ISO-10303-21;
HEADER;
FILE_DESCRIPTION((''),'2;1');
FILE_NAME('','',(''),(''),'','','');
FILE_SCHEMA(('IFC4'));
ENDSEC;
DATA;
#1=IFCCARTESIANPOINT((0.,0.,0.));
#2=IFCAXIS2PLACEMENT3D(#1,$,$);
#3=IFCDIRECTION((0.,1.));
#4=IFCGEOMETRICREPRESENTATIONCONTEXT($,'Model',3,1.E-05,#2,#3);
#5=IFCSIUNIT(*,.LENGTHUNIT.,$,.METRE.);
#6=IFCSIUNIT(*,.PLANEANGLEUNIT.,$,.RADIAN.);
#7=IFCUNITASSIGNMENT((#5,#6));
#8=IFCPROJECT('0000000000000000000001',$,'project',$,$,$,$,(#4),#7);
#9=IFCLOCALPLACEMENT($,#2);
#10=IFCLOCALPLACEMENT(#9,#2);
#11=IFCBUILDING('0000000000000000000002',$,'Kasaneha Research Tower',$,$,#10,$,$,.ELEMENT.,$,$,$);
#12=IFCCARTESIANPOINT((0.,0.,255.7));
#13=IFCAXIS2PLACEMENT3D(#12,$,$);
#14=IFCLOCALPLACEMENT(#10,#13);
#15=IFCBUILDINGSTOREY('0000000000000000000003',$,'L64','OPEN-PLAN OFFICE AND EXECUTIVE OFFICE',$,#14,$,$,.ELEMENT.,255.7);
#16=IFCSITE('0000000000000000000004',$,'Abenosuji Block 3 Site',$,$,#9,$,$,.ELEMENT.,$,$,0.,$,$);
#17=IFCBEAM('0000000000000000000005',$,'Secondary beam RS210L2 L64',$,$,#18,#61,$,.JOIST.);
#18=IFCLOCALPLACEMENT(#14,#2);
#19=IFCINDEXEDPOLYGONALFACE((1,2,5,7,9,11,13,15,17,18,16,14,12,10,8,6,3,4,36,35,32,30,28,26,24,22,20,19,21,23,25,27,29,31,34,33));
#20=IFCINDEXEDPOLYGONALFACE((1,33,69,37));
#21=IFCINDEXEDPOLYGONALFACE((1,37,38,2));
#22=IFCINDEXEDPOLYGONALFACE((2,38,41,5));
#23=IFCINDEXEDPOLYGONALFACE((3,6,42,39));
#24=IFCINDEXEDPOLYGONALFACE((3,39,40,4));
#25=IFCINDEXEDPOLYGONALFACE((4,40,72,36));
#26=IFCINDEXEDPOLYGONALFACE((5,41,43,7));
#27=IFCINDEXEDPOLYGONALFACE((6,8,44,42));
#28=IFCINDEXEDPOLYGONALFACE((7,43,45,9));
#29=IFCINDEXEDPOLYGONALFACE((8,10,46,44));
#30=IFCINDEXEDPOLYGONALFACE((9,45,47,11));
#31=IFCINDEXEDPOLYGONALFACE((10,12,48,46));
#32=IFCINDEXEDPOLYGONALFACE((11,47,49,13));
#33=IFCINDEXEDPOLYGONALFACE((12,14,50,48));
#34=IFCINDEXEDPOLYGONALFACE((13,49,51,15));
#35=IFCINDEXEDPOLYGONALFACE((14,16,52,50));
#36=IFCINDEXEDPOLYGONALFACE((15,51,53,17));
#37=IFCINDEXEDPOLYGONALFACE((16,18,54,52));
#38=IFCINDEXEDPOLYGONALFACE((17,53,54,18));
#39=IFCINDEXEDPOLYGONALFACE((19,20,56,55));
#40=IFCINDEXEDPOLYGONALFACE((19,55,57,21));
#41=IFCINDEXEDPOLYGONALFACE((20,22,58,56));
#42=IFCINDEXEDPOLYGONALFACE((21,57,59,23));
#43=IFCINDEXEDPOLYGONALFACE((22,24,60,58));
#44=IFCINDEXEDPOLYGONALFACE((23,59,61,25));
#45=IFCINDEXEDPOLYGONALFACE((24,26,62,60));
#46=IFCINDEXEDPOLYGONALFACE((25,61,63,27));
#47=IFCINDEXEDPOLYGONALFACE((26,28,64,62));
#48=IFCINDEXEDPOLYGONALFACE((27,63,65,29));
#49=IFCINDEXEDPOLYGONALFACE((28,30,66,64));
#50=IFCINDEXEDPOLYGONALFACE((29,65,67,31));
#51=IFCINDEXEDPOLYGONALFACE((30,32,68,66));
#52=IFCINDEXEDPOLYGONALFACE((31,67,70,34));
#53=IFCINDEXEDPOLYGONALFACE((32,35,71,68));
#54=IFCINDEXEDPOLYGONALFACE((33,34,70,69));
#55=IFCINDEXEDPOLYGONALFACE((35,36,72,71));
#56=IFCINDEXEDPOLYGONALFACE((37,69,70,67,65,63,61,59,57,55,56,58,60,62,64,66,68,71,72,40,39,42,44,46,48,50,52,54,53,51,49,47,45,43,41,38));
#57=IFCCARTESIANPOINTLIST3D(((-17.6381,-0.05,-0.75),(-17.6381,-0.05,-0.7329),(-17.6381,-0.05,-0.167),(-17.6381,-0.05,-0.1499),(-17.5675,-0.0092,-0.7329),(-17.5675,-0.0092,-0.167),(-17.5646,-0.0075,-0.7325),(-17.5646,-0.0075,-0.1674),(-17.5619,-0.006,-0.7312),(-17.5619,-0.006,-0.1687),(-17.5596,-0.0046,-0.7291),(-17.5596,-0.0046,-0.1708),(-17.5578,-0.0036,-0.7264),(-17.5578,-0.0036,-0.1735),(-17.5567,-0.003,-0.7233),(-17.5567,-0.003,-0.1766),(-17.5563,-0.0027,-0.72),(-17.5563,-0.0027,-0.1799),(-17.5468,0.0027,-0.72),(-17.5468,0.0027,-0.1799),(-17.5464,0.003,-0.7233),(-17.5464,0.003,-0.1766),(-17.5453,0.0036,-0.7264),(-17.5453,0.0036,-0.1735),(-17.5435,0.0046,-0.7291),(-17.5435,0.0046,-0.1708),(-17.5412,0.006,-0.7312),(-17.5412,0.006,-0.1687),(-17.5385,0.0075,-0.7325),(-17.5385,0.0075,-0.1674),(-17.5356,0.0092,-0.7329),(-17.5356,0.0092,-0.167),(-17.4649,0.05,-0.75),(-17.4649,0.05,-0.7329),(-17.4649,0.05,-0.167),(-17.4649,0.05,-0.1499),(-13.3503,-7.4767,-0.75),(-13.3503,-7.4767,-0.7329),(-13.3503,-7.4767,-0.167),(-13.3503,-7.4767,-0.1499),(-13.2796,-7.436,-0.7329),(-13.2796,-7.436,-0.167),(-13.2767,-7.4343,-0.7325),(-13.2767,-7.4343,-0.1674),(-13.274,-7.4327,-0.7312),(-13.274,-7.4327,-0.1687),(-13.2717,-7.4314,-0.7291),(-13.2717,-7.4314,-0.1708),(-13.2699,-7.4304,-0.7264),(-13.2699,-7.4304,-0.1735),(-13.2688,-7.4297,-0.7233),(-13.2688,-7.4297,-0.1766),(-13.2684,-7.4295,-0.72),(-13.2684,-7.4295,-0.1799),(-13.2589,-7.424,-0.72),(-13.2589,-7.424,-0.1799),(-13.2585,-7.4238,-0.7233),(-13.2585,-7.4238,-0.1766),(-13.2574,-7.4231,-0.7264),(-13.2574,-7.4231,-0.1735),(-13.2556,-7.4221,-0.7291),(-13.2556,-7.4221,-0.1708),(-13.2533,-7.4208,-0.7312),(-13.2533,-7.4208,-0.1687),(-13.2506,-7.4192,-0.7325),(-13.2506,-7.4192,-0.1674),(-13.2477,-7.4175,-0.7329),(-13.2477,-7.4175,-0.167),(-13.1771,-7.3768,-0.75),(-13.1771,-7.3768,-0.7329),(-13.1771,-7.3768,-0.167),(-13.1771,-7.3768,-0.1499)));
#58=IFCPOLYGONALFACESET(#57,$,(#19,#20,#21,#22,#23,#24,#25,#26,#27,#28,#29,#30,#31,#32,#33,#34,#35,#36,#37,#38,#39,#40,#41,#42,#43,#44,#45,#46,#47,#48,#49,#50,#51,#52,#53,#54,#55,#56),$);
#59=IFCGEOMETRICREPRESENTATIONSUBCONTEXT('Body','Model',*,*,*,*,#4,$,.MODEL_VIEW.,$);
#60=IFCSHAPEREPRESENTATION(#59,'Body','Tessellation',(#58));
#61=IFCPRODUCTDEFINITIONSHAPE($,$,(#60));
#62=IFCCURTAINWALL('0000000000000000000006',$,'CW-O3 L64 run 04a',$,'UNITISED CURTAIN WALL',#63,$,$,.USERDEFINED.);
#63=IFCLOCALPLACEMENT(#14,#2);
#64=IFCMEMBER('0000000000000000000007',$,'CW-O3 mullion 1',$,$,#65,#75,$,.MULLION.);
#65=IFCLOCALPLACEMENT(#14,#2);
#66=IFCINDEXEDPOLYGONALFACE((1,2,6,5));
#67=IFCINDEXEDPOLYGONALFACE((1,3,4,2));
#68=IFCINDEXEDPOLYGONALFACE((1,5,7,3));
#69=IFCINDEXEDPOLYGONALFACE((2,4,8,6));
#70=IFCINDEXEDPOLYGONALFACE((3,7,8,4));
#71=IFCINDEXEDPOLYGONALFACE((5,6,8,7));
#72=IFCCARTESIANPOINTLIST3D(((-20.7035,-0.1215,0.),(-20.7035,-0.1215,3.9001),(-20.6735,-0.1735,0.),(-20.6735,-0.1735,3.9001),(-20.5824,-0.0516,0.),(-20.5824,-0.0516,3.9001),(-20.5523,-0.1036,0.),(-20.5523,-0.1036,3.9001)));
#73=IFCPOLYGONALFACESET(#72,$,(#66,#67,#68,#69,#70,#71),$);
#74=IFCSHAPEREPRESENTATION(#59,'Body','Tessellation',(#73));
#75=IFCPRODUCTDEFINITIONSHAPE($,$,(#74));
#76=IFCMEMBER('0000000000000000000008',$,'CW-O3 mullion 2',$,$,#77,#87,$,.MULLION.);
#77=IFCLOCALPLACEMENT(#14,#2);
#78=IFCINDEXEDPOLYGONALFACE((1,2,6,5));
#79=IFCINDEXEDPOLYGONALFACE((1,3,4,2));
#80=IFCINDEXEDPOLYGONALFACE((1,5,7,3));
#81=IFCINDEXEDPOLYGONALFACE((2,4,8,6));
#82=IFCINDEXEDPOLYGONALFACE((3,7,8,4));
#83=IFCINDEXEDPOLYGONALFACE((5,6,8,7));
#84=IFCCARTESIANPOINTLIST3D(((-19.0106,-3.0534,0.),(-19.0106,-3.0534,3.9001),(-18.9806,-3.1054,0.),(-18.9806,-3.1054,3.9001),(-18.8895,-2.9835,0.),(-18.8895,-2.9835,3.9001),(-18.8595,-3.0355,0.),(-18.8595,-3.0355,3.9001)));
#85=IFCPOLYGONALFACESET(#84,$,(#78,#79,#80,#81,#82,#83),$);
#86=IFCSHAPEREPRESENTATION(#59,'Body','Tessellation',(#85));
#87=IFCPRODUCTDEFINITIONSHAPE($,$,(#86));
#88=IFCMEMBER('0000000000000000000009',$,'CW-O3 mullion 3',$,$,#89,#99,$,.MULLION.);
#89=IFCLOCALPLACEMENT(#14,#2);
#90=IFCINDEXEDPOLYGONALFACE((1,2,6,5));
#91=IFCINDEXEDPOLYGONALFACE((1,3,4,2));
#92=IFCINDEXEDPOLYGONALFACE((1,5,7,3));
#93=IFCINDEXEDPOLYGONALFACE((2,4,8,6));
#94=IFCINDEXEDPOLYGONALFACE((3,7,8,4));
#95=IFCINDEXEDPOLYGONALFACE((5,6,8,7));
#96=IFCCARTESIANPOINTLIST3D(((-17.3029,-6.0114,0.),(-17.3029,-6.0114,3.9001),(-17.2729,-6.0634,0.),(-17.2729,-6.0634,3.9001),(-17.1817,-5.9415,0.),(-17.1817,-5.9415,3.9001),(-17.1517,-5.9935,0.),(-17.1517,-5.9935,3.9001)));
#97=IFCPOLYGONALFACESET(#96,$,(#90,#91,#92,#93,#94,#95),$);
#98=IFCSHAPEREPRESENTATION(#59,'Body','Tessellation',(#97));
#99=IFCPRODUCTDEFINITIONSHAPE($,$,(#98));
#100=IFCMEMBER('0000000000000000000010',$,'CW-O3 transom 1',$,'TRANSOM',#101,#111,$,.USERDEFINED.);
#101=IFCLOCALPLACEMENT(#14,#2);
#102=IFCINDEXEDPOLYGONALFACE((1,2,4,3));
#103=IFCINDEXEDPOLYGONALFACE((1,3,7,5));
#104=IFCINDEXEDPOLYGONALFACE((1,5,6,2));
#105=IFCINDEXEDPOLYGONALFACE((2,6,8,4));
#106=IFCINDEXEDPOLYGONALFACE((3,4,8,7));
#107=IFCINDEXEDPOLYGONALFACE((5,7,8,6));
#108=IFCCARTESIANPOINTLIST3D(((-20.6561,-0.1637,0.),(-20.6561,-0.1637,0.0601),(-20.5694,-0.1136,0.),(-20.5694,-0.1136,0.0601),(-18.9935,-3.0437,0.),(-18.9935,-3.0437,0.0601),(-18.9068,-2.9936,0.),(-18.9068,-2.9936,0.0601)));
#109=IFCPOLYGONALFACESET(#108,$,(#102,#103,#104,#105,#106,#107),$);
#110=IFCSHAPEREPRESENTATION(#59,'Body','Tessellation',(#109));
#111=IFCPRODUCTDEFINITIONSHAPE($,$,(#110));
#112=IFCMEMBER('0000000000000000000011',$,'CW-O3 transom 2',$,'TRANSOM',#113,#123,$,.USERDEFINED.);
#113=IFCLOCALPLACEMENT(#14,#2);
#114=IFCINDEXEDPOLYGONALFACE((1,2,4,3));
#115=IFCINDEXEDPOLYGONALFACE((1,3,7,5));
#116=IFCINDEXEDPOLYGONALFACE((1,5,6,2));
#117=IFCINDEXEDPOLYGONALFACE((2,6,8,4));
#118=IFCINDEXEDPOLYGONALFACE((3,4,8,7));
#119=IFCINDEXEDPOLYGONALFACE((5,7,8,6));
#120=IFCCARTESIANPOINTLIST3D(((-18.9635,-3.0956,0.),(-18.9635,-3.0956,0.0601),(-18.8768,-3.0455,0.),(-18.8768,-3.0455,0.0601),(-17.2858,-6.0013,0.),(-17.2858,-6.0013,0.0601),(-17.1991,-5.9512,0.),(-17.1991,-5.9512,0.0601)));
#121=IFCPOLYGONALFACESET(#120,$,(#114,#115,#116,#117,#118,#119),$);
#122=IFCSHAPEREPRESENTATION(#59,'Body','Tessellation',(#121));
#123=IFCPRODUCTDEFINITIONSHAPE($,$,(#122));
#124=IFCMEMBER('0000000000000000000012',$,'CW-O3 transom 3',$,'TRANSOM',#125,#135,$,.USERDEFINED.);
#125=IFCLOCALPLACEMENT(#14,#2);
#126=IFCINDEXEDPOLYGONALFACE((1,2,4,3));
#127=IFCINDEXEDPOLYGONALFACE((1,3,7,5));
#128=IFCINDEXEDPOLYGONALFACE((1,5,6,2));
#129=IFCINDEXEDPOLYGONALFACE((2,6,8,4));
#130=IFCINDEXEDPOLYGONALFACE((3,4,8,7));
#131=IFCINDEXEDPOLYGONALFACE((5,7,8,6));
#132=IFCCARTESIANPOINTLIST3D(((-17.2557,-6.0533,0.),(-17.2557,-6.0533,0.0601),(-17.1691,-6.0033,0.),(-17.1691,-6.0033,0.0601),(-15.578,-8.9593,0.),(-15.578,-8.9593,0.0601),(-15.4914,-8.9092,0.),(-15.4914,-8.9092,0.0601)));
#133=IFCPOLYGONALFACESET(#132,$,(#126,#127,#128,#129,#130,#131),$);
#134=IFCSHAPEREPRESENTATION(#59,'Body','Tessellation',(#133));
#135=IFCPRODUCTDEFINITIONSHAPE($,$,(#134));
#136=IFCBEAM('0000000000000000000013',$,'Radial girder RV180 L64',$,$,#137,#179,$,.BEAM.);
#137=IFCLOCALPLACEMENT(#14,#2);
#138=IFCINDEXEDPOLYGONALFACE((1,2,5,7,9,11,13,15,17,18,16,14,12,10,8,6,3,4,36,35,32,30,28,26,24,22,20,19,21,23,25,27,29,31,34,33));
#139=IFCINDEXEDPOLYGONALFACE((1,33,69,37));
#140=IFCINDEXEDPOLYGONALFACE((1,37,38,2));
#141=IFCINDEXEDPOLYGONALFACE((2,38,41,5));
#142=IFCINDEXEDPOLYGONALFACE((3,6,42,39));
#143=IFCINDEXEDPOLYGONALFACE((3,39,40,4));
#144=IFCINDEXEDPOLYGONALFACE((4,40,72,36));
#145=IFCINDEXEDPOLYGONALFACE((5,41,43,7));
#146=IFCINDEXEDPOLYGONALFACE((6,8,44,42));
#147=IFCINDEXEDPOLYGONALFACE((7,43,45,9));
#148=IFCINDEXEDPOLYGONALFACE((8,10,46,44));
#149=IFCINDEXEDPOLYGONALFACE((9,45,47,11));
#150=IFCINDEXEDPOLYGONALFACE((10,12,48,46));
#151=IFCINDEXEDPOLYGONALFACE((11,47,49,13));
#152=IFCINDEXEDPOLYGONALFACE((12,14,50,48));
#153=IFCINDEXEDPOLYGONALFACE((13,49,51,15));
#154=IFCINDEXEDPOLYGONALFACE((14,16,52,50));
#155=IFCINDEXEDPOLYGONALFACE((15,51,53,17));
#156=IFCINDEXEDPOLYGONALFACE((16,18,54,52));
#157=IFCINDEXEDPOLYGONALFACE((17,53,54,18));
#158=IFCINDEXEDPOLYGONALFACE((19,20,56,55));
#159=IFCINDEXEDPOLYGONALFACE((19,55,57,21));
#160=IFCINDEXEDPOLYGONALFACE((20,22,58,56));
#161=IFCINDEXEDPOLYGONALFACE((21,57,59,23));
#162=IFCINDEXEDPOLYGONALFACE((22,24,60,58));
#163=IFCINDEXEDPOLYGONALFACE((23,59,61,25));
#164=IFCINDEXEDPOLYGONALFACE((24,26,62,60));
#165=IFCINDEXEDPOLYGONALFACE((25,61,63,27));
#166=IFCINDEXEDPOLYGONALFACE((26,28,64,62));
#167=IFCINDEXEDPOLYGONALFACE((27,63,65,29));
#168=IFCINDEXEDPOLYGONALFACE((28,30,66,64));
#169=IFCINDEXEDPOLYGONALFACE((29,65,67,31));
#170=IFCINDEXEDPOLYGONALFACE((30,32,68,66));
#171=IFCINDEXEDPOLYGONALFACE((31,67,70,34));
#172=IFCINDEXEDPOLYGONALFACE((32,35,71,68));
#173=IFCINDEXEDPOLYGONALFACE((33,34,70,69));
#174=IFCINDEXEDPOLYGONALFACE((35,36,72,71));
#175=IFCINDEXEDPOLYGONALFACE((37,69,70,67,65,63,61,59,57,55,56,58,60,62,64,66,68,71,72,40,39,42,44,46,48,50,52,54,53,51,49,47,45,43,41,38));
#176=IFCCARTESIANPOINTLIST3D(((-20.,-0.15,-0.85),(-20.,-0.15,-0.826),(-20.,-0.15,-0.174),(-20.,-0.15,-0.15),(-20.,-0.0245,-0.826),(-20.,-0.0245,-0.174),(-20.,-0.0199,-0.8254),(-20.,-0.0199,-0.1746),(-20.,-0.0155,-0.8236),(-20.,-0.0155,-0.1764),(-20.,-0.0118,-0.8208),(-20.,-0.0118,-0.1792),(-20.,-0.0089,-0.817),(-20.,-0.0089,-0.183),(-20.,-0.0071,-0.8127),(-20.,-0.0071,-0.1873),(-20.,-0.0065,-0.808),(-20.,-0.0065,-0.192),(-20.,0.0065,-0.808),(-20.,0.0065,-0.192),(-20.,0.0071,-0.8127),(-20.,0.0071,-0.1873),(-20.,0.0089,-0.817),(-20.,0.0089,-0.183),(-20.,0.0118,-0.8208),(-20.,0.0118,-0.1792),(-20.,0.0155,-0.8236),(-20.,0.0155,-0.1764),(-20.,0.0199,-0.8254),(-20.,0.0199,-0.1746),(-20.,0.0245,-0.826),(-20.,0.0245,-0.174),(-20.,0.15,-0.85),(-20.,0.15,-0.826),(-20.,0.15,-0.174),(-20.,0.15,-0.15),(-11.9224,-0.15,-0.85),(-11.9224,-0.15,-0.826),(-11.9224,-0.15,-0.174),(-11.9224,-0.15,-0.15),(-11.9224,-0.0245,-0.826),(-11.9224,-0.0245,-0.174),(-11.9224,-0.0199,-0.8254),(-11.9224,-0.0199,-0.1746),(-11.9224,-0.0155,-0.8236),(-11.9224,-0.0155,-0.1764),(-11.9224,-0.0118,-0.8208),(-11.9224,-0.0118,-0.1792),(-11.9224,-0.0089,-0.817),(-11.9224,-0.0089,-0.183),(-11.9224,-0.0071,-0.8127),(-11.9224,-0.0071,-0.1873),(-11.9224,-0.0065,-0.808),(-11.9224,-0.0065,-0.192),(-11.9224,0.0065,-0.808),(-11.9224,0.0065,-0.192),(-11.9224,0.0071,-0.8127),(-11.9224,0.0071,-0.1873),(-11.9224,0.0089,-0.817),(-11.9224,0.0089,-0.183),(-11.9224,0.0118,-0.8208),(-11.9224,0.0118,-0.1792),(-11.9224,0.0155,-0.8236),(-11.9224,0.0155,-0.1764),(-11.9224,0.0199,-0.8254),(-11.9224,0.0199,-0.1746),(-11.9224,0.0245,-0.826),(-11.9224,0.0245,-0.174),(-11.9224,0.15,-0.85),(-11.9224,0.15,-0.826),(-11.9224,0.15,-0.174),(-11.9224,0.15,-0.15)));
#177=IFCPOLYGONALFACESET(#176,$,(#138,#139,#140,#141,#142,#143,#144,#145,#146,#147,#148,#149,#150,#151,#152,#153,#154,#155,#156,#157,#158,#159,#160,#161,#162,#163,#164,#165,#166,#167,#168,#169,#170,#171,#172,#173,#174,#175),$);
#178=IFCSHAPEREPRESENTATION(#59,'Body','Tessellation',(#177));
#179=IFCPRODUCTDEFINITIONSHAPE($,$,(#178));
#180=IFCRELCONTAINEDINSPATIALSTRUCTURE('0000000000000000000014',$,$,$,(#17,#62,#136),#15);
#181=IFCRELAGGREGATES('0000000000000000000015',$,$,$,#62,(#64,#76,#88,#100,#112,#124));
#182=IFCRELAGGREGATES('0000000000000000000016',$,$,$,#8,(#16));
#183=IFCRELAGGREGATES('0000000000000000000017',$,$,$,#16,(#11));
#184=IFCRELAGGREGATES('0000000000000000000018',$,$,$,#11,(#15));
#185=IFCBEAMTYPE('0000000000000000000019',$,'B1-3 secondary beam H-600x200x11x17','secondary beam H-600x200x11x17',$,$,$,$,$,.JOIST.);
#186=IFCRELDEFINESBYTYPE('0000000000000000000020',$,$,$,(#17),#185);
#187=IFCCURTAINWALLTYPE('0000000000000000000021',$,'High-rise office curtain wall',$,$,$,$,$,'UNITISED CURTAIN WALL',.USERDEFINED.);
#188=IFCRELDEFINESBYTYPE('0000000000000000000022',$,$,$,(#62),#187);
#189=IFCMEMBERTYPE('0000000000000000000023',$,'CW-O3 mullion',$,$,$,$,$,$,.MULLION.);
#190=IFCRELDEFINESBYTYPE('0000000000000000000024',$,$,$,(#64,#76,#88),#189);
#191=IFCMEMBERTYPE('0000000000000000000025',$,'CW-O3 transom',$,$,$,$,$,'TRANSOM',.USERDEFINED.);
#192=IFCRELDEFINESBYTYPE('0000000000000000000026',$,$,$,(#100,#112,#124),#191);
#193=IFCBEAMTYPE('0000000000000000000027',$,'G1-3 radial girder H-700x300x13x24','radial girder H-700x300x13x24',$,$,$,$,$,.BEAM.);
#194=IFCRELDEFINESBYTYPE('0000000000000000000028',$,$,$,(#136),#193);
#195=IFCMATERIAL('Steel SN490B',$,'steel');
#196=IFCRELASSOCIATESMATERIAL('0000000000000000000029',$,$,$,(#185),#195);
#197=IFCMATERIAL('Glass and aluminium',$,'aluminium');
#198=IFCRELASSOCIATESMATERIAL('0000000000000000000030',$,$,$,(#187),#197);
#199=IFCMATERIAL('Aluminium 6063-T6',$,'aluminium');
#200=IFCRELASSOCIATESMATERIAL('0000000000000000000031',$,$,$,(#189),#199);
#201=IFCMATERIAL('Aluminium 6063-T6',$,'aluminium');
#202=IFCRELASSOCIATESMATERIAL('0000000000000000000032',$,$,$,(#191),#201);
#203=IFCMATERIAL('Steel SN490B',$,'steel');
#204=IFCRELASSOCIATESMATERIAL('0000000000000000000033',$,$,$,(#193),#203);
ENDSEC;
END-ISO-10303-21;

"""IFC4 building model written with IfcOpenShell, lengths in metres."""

from ifc_helpers import new_model, si_unit, direction, frame, origin, origin_2d, place, context, subcontext, project, spatial, rectangle, i_section, extrude, material, material_profile, profile_set, type_object, element, aggregate, save


model = new_model("IFC4")

# Units and contexts
model_context = context("Model", 3, precision=1e-05, world=origin(), true_north=direction((0.0, 1.0)))
body_context = subcontext(model_context, "Body", "Model", "MODEL_VIEW")
ifc_project = project(units=[si_unit("LENGTHUNIT", "METRE"), si_unit("PLANEANGLEUNIT", "RADIAN")], contexts=[model_context])

# Site, building, storey
site_placement = place(None, origin())
site = spatial("IfcSite", under=ifc_project, at=site_placement, Name="Abenosuji Block 3 Site", CompositionType="ELEMENT", RefElevation=0.0)
building_placement = place(site_placement, origin())
building = spatial("IfcBuilding", under=site, at=building_placement, Name="Kasaneha Research Tower", CompositionType="ELEMENT")
storey_placement = place(building_placement, frame((0.0, 0.0, 255.7)))
storey = spatial("IfcBuildingStorey", under=building, at=storey_placement, Name="L64", Description="OPEN-PLAN OFFICE AND EXECUTIVE OFFICE", CompositionType="ELEMENT", Elevation=255.7)

# Beam
ifc_material_1 = material(Name="Steel SN490B", Category="steel")
ifc_material_profile_1 = material_profile(ifc_material_1, i_section(OverallWidth=0.2, OverallDepth=0.6001, WebThickness=0.011, FlangeThickness=0.0171, FilletRadius=0.0129, at=origin_2d()), Name="H-600x200x11x17")
ifc_profile_set_1 = profile_set([ifc_material_profile_1], Name="Steel SN490B")
beam_type_1 = type_object("IfcBeamType", Name="B1-3 secondary beam H-600x200x11x17", Description="secondary beam H-600x200x11x17", PredefinedType="JOIST", material=ifc_profile_set_1)
beam_1_placement = place(storey_placement, frame((-17.5515, 0.0, -0.45), z_axis=(0.5, -0.866025, 0.0), x_axis=(0.866025, 0.5, 0.0)))
element("IfcBeam", 1, at=beam_1_placement, inside=storey, type_object=beam_type_1, Name="Secondary beam RS210L2 L64", PredefinedType="JOIST", context=body_context, shape_type="SweptSolid", body=[
    extrude(i_section(OverallWidth=0.2, OverallDepth=0.6001, WebThickness=0.011, FlangeThickness=0.0171, FilletRadius=0.0129, at=origin_2d()), origin(), (0.0, 0.0, 1.0), 8.5757),
])

# Curtain wall, members
ifc_material_2 = material(Name="Glass and aluminium", Category="aluminium")
curtain_wall_type = type_object("IfcCurtainWallType", Name="High-rise office curtain wall", ElementType="UNITISED CURTAIN WALL", PredefinedType="USERDEFINED", material=ifc_material_2)
curtain_wall_placement = place(storey_placement, origin())
curtain_wall = element("IfcCurtainWall", 2, at=curtain_wall_placement, inside=storey, type_object=curtain_wall_type, Name="CW-O3 L64 run 04a", ObjectType="UNITISED CURTAIN WALL", PredefinedType="USERDEFINED")
ifc_material_3 = material(Name="Aluminium 6063-T6", Category="aluminium")
ifc_material_profile_2 = material_profile(ifc_material_3, rectangle(XDim=0.0601, YDim=0.1399, at=origin_2d()), Name="CW-O3 mullion 60x140")
ifc_profile_set_2 = profile_set([ifc_material_profile_2], Name="Aluminium 6063-T6")
member_type_1 = type_object("IfcMemberType", Name="CW-O3 mullion", PredefinedType="MULLION", material=ifc_profile_set_2)
member_1_placement = place(storey_placement, frame((-20.6279, -0.1125, 0.0), z_axis=(0.0, 0.0, 1.0), x_axis=(0.5, -0.866025, 0.0)))
member_1 = element("IfcMember", 3, at=member_1_placement, type_object=member_type_1, Name="CW-O3 mullion 1", PredefinedType="MULLION", context=body_context, shape_type="SweptSolid", body=[
    extrude(rectangle(XDim=0.0601, YDim=0.1399, at=origin_2d()), origin(), (0.0, 0.0, 1.0), 3.9001),
])
member_2_placement = place(storey_placement, frame((-18.9351, -3.0444, 0.0), z_axis=(0.0, 0.0, 1.0), x_axis=(0.5, -0.866025, 0.0)))
member_2 = element("IfcMember", 4, at=member_2_placement, type_object=member_type_1, Name="CW-O3 mullion 2", PredefinedType="MULLION", context=body_context, shape_type="SweptSolid", body=[
    extrude(rectangle(XDim=0.0601, YDim=0.1399, at=origin_2d()), origin(), (0.0, 0.0, 1.0), 3.9001),
])
member_3_placement = place(storey_placement, frame((-17.2273, -6.0024, 0.0), z_axis=(0.0, 0.0, 1.0), x_axis=(0.5, -0.866025, 0.0)))
member_3 = element("IfcMember", 5, at=member_3_placement, type_object=member_type_1, Name="CW-O3 mullion 3", PredefinedType="MULLION", context=body_context, shape_type="SweptSolid", body=[
    extrude(rectangle(XDim=0.0601, YDim=0.1399, at=origin_2d()), origin(), (0.0, 0.0, 1.0), 3.9001),
])
ifc_material_4 = material(Name="Aluminium 6063-T6", Category="aluminium")
ifc_material_profile_3 = material_profile(ifc_material_4, rectangle(XDim=0.1001, YDim=0.0601, at=origin_2d()), Name="CW-O3 transom 100x60")
ifc_profile_set_3 = profile_set([ifc_material_profile_3], Name="Aluminium 6063-T6")
member_type_2 = type_object("IfcMemberType", Name="CW-O3 transom", ElementType="TRANSOM", PredefinedType="USERDEFINED", material=ifc_profile_set_3)
member_4_placement = place(storey_placement, frame((-20.6128, -0.1387, 0.03), z_axis=(0.499977, -0.866039, 0.0), x_axis=(0.866039, 0.499977, 0.0)))
member_4 = element("IfcMember", 6, at=member_4_placement, type_object=member_type_2, Name="CW-O3 transom 1", ObjectType="TRANSOM", PredefinedType="USERDEFINED", context=body_context, shape_type="SweptSolid", body=[
    extrude(rectangle(XDim=0.1001, YDim=0.0601, at=origin_2d()), origin(), (0.0, 0.0, 1.0), 3.3254),
])
member_5_placement = place(storey_placement, frame((-18.9202, -3.0706, 0.03), z_axis=(0.500021, -0.866014, 0.0), x_axis=(0.866014, 0.500021, 0.0)))
member_5 = element("IfcMember", 7, at=member_5_placement, type_object=member_type_2, Name="CW-O3 transom 2", ObjectType="TRANSOM", PredefinedType="USERDEFINED", context=body_context, shape_type="SweptSolid", body=[
    extrude(rectangle(XDim=0.1001, YDim=0.0601, at=origin_2d()), origin(), (0.0, 0.0, 1.0), 3.3552),
])
member_6_placement = place(storey_placement, frame((-17.2124, -6.0283, 0.03), z_axis=(0.499989, -0.866032, 0.0), x_axis=(0.866032, 0.499989, 0.0)))
member_6 = element("IfcMember", 8, at=member_6_placement, type_object=member_type_2, Name="CW-O3 transom 3", ObjectType="TRANSOM", PredefinedType="USERDEFINED", context=body_context, shape_type="SweptSolid", body=[
    extrude(rectangle(XDim=0.1001, YDim=0.0601, at=origin_2d()), origin(), (0.0, 0.0, 1.0), 3.3555),
])

# Beam
ifc_material_5 = material(Name="Steel SN490B", Category="steel")
ifc_material_profile_4 = material_profile(ifc_material_5, i_section(OverallWidth=0.3, OverallDepth=0.7, WebThickness=0.0129, FlangeThickness=0.0239, FilletRadius=0.0181, at=origin_2d()), Name="H-700x300x13x24")
ifc_profile_set_4 = profile_set([ifc_material_profile_4], Name="Steel SN490B")
beam_type_2 = type_object("IfcBeamType", Name="G1-3 radial girder H-700x300x13x24", Description="radial girder H-700x300x13x24", PredefinedType="BEAM", material=ifc_profile_set_4)
beam_2_placement = place(storey_placement, frame((-11.9224, 0.0, -0.5), z_axis=(-1.0, 0.0, 0.0), x_axis=(0.0, -1.0, 0.0)))
element("IfcBeam", 9, at=beam_2_placement, inside=storey, type_object=beam_type_2, Name="Radial girder RV180 L64", PredefinedType="BEAM", context=body_context, shape_type="SweptSolid", body=[
    extrude(i_section(OverallWidth=0.3, OverallDepth=0.7, WebThickness=0.0129, FlangeThickness=0.0239, FilletRadius=0.0181, at=origin_2d()), origin(), (0.0, 0.0, 1.0), 8.0776),
])

aggregate(curtain_wall, [member_1, member_2, member_3, member_4, member_5, member_6])

save(model, "model.ifc")
